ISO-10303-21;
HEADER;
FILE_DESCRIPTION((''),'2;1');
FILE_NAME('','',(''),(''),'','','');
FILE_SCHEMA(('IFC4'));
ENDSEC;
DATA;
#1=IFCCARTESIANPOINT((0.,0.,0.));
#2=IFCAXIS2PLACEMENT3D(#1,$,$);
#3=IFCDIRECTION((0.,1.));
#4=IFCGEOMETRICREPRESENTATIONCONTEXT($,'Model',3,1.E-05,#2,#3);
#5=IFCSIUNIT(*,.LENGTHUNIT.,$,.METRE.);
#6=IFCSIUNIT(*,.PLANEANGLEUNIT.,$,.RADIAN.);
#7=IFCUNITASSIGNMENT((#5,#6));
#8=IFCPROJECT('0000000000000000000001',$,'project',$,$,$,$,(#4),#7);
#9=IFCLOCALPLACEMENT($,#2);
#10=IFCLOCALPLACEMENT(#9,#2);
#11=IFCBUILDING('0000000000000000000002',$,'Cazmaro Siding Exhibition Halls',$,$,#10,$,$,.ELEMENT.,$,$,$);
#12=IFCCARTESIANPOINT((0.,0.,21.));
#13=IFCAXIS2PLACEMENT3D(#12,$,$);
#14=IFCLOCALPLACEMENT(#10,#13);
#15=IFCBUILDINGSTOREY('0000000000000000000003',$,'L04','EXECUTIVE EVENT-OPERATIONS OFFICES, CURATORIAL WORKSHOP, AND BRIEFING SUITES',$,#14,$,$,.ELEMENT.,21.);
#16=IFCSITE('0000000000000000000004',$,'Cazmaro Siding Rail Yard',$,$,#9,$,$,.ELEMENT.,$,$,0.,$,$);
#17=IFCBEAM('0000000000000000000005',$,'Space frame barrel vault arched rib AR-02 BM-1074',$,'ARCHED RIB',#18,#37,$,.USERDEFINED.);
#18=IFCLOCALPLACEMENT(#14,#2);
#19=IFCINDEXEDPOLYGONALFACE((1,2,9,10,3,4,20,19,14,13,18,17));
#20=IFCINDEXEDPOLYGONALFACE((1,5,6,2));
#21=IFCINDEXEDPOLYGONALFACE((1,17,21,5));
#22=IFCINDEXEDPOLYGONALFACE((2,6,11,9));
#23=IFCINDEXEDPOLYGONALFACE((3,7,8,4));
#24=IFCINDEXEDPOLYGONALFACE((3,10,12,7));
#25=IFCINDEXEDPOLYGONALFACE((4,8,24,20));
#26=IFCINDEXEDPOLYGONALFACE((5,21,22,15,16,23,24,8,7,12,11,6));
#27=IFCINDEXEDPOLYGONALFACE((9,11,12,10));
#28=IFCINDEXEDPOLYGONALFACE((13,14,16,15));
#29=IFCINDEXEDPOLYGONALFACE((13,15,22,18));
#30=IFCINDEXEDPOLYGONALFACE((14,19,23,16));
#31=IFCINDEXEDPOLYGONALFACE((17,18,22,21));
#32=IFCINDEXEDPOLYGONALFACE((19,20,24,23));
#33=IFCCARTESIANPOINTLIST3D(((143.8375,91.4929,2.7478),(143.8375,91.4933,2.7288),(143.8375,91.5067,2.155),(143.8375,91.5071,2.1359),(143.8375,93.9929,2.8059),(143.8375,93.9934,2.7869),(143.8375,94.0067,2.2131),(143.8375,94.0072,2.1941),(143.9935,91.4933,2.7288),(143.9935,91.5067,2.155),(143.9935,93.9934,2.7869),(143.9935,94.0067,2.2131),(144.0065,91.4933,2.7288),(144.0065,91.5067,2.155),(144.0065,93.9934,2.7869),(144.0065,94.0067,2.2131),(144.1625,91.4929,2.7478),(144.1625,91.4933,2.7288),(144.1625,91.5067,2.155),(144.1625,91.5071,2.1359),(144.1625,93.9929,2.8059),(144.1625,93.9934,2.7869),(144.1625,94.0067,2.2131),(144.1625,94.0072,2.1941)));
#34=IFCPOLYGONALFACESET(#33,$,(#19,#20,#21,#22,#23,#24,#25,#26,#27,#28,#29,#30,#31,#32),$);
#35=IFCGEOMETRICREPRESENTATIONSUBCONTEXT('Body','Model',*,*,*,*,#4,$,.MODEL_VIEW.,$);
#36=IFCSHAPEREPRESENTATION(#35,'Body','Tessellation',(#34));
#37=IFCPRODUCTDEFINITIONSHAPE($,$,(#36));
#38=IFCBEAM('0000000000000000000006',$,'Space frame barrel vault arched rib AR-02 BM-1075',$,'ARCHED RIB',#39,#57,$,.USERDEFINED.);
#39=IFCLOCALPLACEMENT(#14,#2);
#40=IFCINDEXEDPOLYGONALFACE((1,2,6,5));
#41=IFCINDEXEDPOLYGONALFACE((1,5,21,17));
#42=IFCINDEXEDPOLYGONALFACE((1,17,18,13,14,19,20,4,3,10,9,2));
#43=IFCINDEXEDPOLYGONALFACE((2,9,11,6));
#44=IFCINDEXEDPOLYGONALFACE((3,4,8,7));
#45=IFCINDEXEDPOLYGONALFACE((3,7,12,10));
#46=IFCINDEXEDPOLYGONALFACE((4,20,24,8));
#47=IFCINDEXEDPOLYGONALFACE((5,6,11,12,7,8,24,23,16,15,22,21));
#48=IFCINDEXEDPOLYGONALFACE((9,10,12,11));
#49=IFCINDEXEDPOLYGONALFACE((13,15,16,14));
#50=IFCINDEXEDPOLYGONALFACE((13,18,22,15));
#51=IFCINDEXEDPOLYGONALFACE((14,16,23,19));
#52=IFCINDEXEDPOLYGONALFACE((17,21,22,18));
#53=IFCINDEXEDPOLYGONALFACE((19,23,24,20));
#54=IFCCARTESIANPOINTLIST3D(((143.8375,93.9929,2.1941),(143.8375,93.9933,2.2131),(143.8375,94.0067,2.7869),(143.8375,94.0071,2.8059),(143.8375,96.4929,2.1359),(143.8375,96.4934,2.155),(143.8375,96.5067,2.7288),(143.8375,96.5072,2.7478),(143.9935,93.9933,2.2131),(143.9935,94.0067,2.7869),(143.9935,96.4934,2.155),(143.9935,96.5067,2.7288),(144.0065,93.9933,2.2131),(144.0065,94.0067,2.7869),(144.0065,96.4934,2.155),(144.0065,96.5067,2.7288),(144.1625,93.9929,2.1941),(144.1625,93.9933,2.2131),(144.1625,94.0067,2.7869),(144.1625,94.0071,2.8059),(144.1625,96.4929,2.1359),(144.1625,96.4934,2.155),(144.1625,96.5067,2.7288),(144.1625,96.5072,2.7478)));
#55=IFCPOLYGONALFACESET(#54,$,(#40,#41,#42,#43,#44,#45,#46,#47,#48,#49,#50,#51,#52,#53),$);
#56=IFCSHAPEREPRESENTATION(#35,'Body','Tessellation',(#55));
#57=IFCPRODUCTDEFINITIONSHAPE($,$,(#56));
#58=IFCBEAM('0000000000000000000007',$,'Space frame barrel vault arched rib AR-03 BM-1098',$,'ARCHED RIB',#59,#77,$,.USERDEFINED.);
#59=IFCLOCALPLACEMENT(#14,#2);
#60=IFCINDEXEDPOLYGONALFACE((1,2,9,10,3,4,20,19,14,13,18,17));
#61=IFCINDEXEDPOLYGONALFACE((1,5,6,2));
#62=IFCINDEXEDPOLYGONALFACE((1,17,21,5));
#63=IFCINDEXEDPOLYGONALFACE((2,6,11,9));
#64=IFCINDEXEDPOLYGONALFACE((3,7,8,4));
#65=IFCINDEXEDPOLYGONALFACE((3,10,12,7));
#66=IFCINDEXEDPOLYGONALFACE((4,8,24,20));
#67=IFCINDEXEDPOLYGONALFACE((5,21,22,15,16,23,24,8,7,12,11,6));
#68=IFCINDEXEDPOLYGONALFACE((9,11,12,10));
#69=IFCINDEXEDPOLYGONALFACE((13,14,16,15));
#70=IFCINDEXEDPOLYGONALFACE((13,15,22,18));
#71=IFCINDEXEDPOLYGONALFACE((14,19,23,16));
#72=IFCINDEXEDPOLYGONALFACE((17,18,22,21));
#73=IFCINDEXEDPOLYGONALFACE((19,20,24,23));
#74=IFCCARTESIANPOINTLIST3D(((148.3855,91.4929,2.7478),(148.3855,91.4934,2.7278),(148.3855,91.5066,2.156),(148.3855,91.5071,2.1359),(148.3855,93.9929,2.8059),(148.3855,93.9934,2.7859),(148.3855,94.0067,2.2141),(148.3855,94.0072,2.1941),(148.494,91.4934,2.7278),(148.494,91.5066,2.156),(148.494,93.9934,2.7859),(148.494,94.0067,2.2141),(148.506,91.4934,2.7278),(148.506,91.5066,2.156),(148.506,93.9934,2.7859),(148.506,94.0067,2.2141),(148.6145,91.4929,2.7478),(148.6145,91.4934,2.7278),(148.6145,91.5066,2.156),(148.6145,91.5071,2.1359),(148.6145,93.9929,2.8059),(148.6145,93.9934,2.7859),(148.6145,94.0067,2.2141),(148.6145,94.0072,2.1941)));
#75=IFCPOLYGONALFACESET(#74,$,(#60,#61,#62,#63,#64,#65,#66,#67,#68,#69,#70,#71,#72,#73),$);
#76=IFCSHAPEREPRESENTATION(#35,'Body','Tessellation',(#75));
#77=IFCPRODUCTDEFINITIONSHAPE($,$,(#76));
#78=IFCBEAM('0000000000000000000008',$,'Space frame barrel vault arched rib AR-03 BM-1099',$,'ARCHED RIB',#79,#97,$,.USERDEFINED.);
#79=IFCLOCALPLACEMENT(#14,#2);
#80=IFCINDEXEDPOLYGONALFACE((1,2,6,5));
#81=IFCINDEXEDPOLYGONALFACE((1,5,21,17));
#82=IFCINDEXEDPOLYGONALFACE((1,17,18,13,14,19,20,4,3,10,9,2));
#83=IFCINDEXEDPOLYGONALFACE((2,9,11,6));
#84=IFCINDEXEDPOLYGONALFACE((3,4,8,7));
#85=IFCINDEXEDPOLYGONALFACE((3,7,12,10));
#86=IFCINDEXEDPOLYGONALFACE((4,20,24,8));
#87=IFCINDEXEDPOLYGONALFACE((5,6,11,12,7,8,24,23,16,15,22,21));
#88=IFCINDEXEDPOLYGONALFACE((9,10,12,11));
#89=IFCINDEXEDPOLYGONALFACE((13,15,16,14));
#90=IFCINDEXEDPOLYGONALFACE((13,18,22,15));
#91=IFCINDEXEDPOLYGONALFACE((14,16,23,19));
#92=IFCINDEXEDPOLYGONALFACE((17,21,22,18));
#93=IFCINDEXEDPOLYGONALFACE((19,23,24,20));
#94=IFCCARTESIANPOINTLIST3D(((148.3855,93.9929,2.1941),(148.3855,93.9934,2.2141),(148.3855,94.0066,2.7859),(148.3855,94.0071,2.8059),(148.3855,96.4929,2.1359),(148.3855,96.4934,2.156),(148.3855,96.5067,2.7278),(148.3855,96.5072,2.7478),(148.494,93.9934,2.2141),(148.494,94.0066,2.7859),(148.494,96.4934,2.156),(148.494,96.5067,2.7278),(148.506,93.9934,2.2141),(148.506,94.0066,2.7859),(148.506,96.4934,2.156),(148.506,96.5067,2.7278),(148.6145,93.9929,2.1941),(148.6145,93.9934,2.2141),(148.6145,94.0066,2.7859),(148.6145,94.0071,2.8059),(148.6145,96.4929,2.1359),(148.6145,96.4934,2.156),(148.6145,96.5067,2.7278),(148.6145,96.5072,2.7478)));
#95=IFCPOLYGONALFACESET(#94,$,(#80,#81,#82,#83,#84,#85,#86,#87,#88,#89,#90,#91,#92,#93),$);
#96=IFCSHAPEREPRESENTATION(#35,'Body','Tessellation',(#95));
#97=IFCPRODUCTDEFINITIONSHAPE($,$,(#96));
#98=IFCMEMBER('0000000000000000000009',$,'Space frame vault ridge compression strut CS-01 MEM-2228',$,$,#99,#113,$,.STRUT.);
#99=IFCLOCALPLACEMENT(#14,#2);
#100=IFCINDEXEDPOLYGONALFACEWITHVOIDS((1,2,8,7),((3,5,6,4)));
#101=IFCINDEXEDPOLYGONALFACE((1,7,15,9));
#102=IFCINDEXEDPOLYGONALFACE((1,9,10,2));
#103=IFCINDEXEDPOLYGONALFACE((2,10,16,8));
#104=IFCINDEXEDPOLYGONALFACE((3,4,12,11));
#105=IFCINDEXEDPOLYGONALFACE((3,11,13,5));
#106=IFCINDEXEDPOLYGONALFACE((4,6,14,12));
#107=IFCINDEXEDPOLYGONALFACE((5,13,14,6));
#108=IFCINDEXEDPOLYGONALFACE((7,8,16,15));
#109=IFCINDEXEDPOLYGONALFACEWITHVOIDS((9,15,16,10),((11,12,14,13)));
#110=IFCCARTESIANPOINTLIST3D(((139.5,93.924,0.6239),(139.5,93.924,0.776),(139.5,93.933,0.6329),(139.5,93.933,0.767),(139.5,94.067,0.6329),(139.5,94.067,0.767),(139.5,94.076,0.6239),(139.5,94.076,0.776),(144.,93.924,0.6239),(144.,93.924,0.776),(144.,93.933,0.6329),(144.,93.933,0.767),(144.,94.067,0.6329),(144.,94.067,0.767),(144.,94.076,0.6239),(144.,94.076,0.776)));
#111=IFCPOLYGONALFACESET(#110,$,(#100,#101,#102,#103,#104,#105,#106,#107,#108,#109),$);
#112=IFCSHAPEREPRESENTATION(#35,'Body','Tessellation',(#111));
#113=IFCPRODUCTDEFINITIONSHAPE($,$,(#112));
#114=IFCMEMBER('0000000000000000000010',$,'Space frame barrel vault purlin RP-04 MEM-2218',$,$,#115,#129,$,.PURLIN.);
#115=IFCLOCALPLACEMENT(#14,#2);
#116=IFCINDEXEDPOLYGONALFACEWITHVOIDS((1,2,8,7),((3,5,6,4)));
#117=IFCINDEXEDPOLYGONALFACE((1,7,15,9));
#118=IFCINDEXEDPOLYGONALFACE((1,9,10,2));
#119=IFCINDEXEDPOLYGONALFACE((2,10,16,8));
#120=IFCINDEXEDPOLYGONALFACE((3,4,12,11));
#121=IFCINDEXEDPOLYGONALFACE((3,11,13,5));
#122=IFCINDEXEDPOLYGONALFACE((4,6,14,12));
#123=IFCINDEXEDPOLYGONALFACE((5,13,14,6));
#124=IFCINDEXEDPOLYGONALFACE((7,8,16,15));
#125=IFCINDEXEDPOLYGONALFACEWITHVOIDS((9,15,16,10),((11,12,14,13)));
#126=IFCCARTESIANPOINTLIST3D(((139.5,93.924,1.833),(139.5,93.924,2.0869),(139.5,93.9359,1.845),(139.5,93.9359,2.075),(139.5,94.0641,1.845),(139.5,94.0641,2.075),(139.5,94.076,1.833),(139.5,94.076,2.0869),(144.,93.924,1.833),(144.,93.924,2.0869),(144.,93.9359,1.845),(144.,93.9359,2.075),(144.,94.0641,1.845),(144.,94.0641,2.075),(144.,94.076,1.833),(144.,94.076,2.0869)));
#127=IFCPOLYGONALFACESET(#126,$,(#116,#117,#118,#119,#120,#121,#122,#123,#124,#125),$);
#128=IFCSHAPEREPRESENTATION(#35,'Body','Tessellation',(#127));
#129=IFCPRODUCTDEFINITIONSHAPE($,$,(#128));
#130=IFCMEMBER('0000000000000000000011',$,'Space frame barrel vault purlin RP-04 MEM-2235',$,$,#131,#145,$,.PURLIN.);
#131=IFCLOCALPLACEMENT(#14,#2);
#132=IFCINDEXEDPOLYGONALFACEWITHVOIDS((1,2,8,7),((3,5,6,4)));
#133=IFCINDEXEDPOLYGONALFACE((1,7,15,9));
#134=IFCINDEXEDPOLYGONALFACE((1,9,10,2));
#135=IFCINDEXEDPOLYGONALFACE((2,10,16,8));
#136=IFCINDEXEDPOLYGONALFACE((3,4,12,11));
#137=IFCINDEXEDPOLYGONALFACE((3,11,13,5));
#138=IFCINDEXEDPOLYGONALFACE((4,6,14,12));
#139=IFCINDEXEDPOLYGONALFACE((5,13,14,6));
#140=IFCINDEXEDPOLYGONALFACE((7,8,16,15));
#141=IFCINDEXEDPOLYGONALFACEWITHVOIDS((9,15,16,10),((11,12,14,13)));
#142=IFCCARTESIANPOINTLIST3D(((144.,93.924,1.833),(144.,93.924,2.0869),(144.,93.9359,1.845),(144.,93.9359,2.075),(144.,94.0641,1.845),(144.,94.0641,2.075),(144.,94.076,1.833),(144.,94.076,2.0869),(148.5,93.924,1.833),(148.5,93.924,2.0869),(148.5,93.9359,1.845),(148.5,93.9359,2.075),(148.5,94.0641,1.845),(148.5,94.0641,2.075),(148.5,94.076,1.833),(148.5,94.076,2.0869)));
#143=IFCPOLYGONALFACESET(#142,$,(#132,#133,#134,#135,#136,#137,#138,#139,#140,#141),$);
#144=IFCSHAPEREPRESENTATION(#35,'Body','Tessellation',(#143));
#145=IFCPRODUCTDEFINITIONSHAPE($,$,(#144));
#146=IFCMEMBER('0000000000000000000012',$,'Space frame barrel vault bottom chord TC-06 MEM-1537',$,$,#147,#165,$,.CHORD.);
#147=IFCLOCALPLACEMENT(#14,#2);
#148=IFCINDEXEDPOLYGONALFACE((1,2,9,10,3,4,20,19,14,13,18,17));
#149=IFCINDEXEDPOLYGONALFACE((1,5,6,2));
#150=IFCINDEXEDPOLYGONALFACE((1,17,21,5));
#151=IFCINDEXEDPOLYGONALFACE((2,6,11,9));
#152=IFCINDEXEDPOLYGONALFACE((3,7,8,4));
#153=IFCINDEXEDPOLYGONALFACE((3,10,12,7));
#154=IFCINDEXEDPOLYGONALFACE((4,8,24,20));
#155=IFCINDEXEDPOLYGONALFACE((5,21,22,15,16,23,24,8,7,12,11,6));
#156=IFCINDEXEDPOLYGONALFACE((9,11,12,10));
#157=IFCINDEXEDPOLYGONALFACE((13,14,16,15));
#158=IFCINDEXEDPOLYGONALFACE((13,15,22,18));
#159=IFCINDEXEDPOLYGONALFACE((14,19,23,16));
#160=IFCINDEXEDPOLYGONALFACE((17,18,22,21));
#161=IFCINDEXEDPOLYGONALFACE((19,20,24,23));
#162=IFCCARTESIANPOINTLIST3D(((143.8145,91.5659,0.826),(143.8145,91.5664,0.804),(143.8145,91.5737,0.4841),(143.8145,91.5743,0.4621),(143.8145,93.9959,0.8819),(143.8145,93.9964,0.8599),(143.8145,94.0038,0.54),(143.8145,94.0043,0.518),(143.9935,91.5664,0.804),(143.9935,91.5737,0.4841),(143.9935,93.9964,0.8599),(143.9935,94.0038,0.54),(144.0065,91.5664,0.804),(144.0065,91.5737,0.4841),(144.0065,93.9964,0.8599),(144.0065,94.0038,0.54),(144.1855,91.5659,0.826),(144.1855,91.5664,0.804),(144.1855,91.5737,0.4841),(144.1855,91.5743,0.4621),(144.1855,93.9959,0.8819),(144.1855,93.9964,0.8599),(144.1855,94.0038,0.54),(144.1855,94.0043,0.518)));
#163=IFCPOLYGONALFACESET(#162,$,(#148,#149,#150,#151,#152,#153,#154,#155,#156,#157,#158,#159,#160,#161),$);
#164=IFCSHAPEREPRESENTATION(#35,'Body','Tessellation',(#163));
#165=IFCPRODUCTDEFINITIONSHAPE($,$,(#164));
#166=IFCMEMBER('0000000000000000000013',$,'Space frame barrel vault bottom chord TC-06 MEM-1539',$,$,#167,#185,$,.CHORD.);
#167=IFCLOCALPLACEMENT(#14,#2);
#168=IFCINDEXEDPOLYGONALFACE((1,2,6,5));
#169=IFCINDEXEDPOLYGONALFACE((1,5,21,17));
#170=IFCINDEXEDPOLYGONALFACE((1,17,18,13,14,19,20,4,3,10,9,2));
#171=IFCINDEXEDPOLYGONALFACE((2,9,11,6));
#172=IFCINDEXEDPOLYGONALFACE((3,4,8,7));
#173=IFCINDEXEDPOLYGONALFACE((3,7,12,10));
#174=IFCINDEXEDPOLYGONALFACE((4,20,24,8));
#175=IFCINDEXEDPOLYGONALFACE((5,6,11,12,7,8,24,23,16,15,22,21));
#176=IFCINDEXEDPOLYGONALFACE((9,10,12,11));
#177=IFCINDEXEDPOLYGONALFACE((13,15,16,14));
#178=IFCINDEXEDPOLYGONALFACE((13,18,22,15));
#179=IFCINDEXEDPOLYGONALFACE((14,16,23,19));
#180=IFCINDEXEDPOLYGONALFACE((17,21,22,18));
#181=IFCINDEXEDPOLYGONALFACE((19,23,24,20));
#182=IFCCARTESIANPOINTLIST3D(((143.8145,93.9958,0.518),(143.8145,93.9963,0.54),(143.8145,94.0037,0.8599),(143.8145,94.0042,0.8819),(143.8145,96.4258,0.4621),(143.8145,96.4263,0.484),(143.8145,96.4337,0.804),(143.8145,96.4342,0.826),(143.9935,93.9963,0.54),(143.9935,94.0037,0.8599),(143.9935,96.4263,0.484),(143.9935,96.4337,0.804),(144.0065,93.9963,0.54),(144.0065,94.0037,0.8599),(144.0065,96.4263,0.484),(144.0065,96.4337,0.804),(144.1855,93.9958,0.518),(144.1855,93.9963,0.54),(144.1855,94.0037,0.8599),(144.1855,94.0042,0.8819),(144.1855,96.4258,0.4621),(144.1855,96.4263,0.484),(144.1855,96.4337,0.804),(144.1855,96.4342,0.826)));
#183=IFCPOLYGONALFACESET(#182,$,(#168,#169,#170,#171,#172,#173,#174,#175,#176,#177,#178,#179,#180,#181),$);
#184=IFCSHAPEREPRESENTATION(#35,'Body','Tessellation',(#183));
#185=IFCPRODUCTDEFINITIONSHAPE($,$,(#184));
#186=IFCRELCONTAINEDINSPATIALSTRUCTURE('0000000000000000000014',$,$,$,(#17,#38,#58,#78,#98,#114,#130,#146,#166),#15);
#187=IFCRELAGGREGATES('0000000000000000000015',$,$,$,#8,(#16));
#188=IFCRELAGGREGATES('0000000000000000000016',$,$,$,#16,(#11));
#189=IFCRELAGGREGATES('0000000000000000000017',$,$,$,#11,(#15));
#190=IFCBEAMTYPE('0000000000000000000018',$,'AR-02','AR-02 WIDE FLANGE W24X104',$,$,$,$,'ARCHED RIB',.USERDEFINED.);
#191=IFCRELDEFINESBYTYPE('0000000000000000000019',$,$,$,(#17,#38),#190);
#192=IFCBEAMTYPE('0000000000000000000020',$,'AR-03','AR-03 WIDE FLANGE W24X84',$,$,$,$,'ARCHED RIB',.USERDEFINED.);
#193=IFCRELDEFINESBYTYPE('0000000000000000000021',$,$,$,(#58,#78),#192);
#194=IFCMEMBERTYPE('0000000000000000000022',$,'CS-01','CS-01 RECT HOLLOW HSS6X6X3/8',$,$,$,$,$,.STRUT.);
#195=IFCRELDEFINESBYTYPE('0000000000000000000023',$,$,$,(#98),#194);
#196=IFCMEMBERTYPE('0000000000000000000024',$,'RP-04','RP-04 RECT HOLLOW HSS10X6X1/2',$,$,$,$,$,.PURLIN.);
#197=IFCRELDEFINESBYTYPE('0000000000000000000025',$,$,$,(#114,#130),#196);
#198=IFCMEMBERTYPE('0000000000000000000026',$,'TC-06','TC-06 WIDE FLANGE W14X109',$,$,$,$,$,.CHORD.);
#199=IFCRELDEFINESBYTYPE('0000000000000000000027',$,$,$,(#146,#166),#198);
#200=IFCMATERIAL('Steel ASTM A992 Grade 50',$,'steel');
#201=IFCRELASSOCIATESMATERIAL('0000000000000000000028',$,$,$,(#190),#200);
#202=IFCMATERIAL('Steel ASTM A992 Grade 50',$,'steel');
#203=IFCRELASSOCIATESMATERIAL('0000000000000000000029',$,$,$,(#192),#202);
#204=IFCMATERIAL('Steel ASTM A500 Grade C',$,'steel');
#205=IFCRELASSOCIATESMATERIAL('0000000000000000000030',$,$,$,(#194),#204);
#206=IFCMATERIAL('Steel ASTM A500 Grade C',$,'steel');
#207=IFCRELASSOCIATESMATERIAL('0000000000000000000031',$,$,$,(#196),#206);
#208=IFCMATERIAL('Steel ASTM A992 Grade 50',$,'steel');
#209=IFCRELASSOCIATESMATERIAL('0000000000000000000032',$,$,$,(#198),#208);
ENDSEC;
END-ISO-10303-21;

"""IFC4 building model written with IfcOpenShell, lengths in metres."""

from ifc_helpers import new_model, si_unit, direction, frame, origin, origin_2d, place, context, subcontext, project, spatial, hollow_rectangle, i_section, extrude, material, material_profile, profile_set, type_object, element, save


model = new_model("IFC4")

# Units and contexts
model_context = context("Model", 3, precision=1e-05, world=origin(), true_north=direction((0.0, 1.0)))
body_context = subcontext(model_context, "Body", "Model", "MODEL_VIEW")
ifc_project = project(units=[si_unit("LENGTHUNIT", "METRE"), si_unit("PLANEANGLEUNIT", "RADIAN")], contexts=[model_context])

# Site, building, storey
site_placement = place(None, origin())
site = spatial("IfcSite", under=ifc_project, at=site_placement, Name="Cazmaro Siding Rail Yard", CompositionType="ELEMENT", RefElevation=0.0)
building_placement = place(site_placement, origin())
building = spatial("IfcBuilding", under=site, at=building_placement, Name="Cazmaro Siding Exhibition Halls", CompositionType="ELEMENT")
storey_placement = place(building_placement, frame((0.0, 0.0, 21.0)))
storey = spatial("IfcBuildingStorey", under=building, at=storey_placement, Name="L04", Description="EXECUTIVE EVENT-OPERATIONS OFFICES, CURATORIAL WORKSHOP, AND BRIEFING SUITES", CompositionType="ELEMENT", Elevation=21.0)

# Beams
ifc_material_1 = material(Name="Steel ASTM A992 Grade 50", Category="steel")
ifc_material_profile_1 = material_profile(ifc_material_1, i_section(OverallWidth=0.325, OverallDepth=0.6121, WebThickness=0.0129, FlangeThickness=0.019, at=origin_2d()), Name="W24X104")
ifc_profile_set_1 = profile_set([ifc_material_profile_1], Name="Steel ASTM A992 Grade 50")
beam_type_1 = type_object("IfcBeamType", Name="AR-02", Description="AR-02 WIDE FLANGE W24X104", ElementType="ARCHED RIB", PredefinedType="USERDEFINED", material=ifc_profile_set_1)
for number, where, z_axis, x_axis, name in (
    (1, (144.0, 91.5, 2.4419), (0.0, 0.99973, 0.023236), (-1.0, 0.0, 0.0), "Space frame barrel vault arched rib AR-02 BM-1074"),
    (2, (144.0, 94.0, 2.5), (0.0, 0.99973, -0.023236), (-1.0, 0.0, 0.0), "Space frame barrel vault arched rib AR-02 BM-1075"),
):
    element("IfcBeam", number, at=place(storey_placement, frame(where, z_axis=z_axis, x_axis=x_axis)), inside=storey, type_object=beam_type_1, Name=name, ObjectType="ARCHED RIB", PredefinedType="USERDEFINED", context=body_context, shape_type="SweptSolid", body=[
        extrude(i_section(OverallWidth=0.325, OverallDepth=0.6121, WebThickness=0.0129, FlangeThickness=0.019, at=origin_2d()), origin(), (0.0, 0.0, 1.0), 2.5007),
    ])
ifc_material_2 = material(Name="Steel ASTM A992 Grade 50", Category="steel")
ifc_material_profile_2 = material_profile(ifc_material_2, i_section(OverallWidth=0.229, OverallDepth=0.6121, WebThickness=0.012, FlangeThickness=0.02, at=origin_2d()), Name="W24X84")
ifc_profile_set_2 = profile_set([ifc_material_profile_2], Name="Steel ASTM A992 Grade 50")
beam_type_2 = type_object("IfcBeamType", Name="AR-03", Description="AR-03 WIDE FLANGE W24X84", ElementType="ARCHED RIB", PredefinedType="USERDEFINED", material=ifc_profile_set_2)
for number, where, z_axis, x_axis, name in (
    (3, (148.5, 91.5, 2.4419), (0.0, 0.99973, 0.023236), (-1.0, 0.0, 0.0), "Space frame barrel vault arched rib AR-03 BM-1098"),
    (4, (148.5, 94.0, 2.5), (0.0, 0.99973, -0.023236), (-1.0, 0.0, 0.0), "Space frame barrel vault arched rib AR-03 BM-1099"),
):
    element("IfcBeam", number, at=place(storey_placement, frame(where, z_axis=z_axis, x_axis=x_axis)), inside=storey, type_object=beam_type_2, Name=name, ObjectType="ARCHED RIB", PredefinedType="USERDEFINED", context=body_context, shape_type="SweptSolid", body=[
        extrude(i_section(OverallWidth=0.229, OverallDepth=0.6121, WebThickness=0.012, FlangeThickness=0.02, at=origin_2d()), origin(), (0.0, 0.0, 1.0), 2.5007),
    ])

# Members
ifc_material_3 = material(Name="Steel ASTM A500 Grade C", Category="steel")
ifc_material_profile_3 = material_profile(ifc_material_3, hollow_rectangle(XDim=0.1521, YDim=0.1521, WallThickness=0.009, at=origin_2d()), Name="HSS6X6X3/8")
ifc_profile_set_3 = profile_set([ifc_material_profile_3], Name="Steel ASTM A500 Grade C")
member_type_1 = type_object("IfcMemberType", Name="CS-01", Description="CS-01 RECT HOLLOW HSS6X6X3/8", PredefinedType="STRUT", material=ifc_profile_set_3)
member_1_placement = place(storey_placement, frame((139.5, 94.0, 0.7), z_axis=(1.0, 0.0, 0.0), x_axis=(0.0, 1.0, 0.0)))
element("IfcMember", 5, at=member_1_placement, inside=storey, type_object=member_type_1, Name="Space frame vault ridge compression strut CS-01 MEM-2228", PredefinedType="STRUT", context=body_context, shape_type="SweptSolid", body=[
    extrude(hollow_rectangle(XDim=0.1521, YDim=0.1521, WallThickness=0.009, at=origin_2d()), origin(), (0.0, 0.0, 1.0), 4.5),
])
ifc_material_4 = material(Name="Steel ASTM A500 Grade C", Category="steel")
ifc_material_profile_4 = material_profile(ifc_material_4, hollow_rectangle(XDim=0.1521, YDim=0.2539, WallThickness=0.012, at=origin_2d()), Name="HSS10X6X1/2")
ifc_profile_set_4 = profile_set([ifc_material_profile_4], Name="Steel ASTM A500 Grade C")
member_type_2 = type_object("IfcMemberType", Name="RP-04", Description="RP-04 RECT HOLLOW HSS10X6X1/2", PredefinedType="PURLIN", material=ifc_profile_set_4)
for number, where, z_axis, x_axis, name in (
    (6, (139.5, 94.0, 1.96), (1.0, 0.0, 0.0), (0.0, 1.0, 0.0), "Space frame barrel vault purlin RP-04 MEM-2218"),
    (7, (144.0, 94.0, 1.96), (1.0, 0.0, 0.0), (0.0, 1.0, 0.0), "Space frame barrel vault purlin RP-04 MEM-2235"),
):
    element("IfcMember", number, at=place(storey_placement, frame(where, z_axis=z_axis, x_axis=x_axis)), inside=storey, type_object=member_type_2, Name=name, PredefinedType="PURLIN", context=body_context, shape_type="SweptSolid", body=[
        extrude(hollow_rectangle(XDim=0.1521, YDim=0.2539, WallThickness=0.012, at=origin_2d()), origin(), (0.0, 0.0, 1.0), 4.5),
    ])
ifc_material_5 = material(Name="Steel ASTM A992 Grade 50", Category="steel")
ifc_material_profile_5 = material_profile(ifc_material_5, i_section(OverallWidth=0.3711, OverallDepth=0.364, WebThickness=0.0129, FlangeThickness=0.022, at=origin_2d()), Name="W14X109")
ifc_profile_set_5 = profile_set([ifc_material_profile_5], Name="Steel ASTM A992 Grade 50")
member_type_3 = type_object("IfcMemberType", Name="TC-06", Description="TC-06 WIDE FLANGE W14X109", PredefinedType="CHORD", material=ifc_profile_set_5)
for number, where, z_axis, x_axis, name in (
    (8, (144.0, 91.5701, 0.644), (0.0, 0.999735, 0.023002), (-1.0, 0.0, 0.0), "Space frame barrel vault bottom chord TC-06 MEM-1537"),
    (9, (144.0, 94.0, 0.7), (0.0, 0.999735, -0.023002), (-1.0, 0.0, 0.0), "Space frame barrel vault bottom chord TC-06 MEM-1539"),
):
    element("IfcMember", number, at=place(storey_placement, frame(where, z_axis=z_axis, x_axis=x_axis)), inside=storey, type_object=member_type_3, Name=name, PredefinedType="CHORD", context=body_context, shape_type="SweptSolid", body=[
        extrude(i_section(OverallWidth=0.3711, OverallDepth=0.364, WebThickness=0.0129, FlangeThickness=0.022, at=origin_2d()), origin(), (0.0, 0.0, 1.0), 2.4307),
    ])

save(model, "model.ifc")
